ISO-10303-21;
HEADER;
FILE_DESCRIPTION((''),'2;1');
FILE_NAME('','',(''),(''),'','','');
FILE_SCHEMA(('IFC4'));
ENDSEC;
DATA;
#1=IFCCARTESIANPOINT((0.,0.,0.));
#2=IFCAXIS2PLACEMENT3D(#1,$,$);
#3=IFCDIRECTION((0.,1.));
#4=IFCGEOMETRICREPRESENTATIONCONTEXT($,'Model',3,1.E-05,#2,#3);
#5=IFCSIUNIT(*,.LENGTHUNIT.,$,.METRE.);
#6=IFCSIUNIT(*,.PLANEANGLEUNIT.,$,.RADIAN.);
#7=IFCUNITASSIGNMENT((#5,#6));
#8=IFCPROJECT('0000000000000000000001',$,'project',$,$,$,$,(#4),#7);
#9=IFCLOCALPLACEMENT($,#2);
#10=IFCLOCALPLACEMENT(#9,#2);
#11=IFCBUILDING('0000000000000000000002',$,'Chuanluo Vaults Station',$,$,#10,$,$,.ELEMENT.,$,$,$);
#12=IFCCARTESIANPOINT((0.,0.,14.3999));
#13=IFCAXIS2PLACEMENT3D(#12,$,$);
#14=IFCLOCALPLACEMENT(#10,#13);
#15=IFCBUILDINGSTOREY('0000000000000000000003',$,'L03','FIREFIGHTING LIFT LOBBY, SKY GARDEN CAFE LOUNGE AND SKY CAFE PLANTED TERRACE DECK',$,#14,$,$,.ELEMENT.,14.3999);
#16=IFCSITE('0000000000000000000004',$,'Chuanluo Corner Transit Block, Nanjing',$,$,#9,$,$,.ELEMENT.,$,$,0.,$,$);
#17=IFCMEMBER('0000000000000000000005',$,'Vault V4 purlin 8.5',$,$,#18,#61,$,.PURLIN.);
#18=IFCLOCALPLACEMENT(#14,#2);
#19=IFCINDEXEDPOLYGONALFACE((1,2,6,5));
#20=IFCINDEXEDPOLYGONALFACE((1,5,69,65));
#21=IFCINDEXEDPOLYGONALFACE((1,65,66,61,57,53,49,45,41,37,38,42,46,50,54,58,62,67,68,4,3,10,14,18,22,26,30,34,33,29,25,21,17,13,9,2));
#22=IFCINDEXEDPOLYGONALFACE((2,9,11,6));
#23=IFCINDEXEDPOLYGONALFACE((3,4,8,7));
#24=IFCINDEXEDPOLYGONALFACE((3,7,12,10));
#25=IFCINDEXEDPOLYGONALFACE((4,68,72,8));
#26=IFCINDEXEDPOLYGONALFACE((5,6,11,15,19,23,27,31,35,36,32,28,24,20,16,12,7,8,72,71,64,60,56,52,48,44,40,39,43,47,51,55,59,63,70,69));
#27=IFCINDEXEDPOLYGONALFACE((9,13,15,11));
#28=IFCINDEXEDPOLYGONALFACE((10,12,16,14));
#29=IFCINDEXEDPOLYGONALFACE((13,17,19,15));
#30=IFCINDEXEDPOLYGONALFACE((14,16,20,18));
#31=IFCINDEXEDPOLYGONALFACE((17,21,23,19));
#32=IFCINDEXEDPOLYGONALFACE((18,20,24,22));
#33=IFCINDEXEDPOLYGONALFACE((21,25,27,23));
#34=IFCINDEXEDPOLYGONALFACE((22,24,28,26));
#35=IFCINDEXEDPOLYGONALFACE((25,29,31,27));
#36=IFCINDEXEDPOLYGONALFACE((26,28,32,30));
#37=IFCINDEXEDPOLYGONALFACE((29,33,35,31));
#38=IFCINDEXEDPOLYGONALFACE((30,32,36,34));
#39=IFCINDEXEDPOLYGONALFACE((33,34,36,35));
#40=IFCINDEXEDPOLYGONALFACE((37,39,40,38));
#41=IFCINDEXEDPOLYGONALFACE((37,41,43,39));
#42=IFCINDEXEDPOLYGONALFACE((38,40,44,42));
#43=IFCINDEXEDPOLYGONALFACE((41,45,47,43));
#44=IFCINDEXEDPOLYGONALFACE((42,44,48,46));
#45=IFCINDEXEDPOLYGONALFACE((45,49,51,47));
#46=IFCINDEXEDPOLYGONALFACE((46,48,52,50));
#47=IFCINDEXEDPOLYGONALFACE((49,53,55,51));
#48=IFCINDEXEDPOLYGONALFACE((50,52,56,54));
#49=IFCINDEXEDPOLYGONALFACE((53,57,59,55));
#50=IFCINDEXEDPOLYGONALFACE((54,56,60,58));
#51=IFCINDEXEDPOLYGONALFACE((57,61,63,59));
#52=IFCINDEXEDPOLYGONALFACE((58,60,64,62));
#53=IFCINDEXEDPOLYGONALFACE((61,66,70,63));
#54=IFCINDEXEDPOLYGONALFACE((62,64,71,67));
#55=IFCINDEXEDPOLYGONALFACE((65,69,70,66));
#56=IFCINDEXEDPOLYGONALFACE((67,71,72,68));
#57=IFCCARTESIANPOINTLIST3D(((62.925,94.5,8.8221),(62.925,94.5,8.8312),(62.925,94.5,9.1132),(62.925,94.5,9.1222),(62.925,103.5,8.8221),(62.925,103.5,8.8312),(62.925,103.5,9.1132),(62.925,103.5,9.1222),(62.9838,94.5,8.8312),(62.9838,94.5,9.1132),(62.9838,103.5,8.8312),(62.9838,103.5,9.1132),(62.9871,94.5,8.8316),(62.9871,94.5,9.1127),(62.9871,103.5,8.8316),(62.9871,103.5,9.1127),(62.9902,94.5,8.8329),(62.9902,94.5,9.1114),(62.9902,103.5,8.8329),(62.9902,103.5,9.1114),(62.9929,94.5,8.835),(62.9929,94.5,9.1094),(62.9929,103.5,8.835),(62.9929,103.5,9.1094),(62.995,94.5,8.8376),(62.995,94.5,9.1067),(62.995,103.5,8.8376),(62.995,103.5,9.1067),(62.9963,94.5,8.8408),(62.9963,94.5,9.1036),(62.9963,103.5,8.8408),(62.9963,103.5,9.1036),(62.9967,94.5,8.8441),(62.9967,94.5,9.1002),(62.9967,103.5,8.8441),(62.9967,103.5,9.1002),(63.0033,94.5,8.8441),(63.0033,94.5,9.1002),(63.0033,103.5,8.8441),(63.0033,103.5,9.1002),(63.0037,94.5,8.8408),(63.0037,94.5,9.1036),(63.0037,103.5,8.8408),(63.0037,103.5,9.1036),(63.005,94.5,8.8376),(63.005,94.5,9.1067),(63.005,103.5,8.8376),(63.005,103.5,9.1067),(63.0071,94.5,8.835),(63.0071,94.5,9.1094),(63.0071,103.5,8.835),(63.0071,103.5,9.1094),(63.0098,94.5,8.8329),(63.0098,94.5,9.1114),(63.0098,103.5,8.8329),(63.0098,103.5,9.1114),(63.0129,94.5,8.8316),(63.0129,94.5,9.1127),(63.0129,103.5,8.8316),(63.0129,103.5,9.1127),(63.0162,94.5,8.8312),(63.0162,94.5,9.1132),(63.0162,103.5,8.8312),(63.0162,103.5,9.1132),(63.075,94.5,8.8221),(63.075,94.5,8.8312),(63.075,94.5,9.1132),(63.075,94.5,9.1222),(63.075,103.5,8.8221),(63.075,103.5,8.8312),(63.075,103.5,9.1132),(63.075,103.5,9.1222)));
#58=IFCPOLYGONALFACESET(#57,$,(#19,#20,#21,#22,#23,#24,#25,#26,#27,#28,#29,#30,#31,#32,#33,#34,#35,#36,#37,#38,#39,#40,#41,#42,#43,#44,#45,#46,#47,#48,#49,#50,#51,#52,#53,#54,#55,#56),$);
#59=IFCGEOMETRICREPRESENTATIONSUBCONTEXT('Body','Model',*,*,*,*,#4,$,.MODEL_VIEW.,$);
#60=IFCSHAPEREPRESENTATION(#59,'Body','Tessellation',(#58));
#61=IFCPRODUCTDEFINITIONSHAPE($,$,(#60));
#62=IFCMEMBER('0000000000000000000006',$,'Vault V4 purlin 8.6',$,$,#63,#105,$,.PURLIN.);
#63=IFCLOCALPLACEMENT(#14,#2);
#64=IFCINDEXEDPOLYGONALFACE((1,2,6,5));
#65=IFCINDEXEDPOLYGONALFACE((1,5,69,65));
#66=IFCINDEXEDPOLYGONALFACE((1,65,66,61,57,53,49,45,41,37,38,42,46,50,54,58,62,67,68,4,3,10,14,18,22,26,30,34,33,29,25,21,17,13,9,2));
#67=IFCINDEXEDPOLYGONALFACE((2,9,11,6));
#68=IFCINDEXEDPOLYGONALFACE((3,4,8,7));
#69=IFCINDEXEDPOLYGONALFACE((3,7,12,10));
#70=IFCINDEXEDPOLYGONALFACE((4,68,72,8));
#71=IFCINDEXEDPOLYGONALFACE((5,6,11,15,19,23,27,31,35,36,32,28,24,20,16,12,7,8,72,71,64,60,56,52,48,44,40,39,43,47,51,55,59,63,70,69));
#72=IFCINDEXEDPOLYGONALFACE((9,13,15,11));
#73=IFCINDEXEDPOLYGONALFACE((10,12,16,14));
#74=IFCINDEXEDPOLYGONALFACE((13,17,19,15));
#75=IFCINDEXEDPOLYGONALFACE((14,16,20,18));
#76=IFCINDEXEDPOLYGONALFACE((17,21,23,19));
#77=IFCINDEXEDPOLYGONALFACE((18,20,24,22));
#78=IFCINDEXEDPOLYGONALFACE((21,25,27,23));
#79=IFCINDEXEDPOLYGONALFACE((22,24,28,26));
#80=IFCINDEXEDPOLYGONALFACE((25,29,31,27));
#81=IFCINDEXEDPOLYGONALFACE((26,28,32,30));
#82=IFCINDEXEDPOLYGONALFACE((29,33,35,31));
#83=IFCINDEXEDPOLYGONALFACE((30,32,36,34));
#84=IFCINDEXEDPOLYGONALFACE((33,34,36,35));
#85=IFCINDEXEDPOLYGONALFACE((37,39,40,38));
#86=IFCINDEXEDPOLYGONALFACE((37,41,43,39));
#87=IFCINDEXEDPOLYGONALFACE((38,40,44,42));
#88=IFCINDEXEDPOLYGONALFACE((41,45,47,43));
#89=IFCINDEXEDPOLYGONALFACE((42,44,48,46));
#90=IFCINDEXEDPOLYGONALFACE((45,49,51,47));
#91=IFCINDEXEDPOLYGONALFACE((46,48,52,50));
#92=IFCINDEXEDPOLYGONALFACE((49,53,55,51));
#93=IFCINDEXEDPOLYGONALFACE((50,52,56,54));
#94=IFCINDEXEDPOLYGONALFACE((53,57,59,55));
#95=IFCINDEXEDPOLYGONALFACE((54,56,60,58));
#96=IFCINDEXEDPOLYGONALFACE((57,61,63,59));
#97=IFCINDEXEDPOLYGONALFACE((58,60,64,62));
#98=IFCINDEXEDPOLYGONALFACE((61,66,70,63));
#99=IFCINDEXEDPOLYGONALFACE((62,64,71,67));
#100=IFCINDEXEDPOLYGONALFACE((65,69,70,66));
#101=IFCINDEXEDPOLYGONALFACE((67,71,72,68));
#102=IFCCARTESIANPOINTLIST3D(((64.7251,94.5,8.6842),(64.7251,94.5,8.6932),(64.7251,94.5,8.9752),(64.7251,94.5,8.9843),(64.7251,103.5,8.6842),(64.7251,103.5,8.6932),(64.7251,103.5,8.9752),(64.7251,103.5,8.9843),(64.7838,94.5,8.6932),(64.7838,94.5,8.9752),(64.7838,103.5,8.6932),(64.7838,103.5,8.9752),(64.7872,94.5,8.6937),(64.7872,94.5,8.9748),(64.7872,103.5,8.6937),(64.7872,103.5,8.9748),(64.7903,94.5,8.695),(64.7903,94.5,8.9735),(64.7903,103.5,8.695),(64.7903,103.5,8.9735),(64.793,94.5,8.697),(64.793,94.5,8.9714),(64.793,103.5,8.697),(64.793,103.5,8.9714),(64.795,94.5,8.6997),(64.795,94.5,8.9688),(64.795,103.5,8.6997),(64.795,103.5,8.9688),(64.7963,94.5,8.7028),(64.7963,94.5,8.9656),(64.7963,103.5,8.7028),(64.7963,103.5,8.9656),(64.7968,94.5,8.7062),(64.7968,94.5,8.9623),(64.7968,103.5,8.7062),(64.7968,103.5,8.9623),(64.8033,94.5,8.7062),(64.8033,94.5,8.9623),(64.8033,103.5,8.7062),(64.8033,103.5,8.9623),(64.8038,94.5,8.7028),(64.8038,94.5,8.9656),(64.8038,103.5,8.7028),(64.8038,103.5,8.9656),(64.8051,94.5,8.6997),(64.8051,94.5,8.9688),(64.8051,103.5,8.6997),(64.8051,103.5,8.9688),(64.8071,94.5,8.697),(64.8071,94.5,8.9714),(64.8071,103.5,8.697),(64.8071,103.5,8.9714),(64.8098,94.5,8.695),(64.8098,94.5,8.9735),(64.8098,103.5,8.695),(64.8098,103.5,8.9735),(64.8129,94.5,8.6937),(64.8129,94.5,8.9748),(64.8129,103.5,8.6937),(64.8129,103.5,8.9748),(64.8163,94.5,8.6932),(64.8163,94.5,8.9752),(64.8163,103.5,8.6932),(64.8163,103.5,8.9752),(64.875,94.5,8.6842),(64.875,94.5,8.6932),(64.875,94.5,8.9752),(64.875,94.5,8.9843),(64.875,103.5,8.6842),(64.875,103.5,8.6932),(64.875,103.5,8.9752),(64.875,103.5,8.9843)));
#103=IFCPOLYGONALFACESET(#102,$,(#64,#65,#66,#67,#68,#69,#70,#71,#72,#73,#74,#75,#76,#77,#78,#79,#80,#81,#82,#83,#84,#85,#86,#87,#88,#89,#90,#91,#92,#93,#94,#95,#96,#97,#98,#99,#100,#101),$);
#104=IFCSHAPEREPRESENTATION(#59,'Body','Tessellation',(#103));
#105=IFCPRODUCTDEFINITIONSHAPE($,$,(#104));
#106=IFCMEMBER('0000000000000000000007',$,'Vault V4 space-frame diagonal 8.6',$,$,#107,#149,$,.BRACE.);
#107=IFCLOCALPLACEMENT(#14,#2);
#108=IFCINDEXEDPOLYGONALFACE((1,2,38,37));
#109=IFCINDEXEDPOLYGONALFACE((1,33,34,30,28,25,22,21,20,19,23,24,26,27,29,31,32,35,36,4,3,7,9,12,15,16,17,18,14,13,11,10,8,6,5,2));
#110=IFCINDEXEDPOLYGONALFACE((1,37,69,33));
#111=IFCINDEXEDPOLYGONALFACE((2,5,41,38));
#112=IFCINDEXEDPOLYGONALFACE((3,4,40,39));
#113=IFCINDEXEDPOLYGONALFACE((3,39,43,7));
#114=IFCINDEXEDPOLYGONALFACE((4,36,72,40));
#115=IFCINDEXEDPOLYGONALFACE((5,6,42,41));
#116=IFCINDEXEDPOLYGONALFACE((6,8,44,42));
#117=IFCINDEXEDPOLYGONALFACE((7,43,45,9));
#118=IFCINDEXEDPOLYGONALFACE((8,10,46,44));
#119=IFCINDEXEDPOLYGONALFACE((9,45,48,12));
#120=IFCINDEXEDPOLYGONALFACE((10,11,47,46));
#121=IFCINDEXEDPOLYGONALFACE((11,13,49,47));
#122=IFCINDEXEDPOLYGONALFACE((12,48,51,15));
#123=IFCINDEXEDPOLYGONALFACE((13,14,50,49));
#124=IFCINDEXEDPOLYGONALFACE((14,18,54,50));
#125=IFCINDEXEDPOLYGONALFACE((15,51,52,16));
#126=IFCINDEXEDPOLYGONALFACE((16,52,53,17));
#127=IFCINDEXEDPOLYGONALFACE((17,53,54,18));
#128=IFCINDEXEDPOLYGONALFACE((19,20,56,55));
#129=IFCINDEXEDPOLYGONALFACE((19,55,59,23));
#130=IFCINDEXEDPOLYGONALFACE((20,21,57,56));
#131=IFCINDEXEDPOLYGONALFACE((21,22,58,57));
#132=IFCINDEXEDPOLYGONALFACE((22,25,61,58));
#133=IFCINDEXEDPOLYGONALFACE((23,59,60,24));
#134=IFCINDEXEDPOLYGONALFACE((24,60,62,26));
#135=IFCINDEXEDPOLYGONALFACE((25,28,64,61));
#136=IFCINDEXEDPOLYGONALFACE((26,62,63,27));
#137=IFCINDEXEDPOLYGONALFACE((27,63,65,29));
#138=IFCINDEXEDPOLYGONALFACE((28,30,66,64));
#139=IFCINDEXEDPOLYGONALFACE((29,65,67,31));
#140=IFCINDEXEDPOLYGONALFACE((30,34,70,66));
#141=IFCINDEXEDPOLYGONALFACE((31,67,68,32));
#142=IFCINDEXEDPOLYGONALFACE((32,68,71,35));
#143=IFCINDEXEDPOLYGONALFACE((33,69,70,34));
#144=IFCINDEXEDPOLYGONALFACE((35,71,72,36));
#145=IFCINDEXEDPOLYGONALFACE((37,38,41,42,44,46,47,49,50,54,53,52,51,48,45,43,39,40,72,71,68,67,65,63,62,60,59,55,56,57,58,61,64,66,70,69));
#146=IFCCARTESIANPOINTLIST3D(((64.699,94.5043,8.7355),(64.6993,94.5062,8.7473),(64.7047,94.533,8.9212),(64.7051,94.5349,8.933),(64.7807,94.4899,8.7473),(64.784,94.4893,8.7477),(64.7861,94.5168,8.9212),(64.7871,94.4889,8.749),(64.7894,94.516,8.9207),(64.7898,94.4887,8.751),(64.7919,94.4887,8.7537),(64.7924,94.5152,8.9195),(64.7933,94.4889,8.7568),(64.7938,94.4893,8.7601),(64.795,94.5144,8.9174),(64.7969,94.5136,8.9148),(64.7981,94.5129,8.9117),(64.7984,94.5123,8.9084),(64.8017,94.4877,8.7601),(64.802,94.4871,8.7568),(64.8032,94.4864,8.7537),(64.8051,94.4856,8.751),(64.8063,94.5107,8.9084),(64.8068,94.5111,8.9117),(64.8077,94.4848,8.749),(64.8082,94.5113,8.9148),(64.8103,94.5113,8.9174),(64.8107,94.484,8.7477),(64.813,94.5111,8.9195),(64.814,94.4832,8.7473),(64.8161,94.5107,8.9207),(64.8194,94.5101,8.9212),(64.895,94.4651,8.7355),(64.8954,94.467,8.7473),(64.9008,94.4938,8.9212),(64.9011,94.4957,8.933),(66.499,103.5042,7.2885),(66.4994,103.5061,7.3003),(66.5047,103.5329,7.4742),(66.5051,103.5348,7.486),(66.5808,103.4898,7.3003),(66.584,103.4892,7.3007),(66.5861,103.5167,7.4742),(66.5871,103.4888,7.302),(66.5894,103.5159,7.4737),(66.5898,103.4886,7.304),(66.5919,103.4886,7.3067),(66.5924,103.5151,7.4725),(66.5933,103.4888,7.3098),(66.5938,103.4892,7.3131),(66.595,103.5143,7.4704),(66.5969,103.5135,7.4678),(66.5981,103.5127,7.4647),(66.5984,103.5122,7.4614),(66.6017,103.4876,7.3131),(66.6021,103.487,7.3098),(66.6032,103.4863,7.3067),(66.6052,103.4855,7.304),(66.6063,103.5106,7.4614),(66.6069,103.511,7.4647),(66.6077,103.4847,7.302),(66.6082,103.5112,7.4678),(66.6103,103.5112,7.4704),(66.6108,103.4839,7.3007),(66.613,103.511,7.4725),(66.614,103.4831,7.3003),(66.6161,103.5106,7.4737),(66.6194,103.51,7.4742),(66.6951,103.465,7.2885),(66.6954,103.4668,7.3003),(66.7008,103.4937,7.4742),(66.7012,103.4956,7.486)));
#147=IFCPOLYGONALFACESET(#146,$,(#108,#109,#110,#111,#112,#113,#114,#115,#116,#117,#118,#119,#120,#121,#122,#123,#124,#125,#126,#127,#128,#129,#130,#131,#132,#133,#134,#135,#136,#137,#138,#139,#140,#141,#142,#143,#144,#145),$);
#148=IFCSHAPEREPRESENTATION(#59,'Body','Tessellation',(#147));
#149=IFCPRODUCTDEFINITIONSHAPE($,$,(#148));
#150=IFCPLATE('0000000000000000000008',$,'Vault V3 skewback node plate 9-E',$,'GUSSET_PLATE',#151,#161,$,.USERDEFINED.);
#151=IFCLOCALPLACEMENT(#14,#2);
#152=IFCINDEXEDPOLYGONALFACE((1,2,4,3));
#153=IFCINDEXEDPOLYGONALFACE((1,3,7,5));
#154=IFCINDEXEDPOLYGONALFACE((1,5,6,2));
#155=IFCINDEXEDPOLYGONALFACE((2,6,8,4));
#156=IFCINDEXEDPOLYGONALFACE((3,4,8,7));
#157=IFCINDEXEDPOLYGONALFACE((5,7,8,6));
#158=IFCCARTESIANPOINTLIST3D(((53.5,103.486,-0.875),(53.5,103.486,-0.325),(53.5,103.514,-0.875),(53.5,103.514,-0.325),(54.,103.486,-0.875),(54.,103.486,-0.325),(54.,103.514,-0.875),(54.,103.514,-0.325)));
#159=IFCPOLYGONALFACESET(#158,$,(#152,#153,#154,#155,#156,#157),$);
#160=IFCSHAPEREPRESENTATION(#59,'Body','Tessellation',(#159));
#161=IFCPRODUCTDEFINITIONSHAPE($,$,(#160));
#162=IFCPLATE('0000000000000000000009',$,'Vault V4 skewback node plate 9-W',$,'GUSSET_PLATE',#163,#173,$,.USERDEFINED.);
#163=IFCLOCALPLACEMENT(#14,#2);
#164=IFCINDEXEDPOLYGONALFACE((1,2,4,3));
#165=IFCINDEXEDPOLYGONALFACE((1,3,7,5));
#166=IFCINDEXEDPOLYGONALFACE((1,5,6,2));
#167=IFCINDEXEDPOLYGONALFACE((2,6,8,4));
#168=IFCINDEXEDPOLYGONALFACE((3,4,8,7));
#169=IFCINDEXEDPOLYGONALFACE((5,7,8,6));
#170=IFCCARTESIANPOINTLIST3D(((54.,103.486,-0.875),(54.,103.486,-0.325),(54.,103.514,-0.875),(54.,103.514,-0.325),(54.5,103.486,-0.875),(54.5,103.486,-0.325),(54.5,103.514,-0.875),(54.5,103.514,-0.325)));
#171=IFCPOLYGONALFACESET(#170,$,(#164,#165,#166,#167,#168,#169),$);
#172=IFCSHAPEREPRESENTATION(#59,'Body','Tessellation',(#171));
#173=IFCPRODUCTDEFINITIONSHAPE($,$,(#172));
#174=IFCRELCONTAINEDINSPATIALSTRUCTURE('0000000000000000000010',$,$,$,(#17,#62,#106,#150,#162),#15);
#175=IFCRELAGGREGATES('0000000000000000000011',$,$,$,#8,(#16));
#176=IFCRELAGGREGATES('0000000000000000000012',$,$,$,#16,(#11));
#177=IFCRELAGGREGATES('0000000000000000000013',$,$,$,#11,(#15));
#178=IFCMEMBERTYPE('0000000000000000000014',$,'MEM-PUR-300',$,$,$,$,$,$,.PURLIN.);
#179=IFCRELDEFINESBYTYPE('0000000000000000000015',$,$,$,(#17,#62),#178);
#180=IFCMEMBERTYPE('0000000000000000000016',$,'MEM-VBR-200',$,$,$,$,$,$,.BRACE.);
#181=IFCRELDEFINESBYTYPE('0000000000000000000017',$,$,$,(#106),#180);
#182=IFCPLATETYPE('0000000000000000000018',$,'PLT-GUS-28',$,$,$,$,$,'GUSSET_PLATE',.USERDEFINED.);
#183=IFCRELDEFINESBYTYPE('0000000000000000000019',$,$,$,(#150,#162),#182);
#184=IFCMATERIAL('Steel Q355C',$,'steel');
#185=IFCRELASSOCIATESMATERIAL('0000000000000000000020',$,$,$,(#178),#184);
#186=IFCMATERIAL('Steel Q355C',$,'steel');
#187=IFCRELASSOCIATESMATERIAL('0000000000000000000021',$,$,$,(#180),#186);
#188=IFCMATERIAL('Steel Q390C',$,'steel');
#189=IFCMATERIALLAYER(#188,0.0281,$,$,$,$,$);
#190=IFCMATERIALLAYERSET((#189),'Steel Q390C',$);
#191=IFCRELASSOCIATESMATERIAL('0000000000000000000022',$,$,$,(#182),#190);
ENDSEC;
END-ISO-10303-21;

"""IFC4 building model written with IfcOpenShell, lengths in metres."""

from ifc_helpers import new_model, si_unit, direction, frame, origin, origin_2d, place, context, subcontext, project, spatial, rectangle, i_section, extrude, material, layer, layer_set, material_profile, profile_set, type_object, element, save


model = new_model("IFC4")

# Units and contexts
model_context = context("Model", 3, precision=1e-05, world=origin(), true_north=direction((0.0, 1.0)))
body_context = subcontext(model_context, "Body", "Model", "MODEL_VIEW")
ifc_project = project(units=[si_unit("LENGTHUNIT", "METRE"), si_unit("PLANEANGLEUNIT", "RADIAN")], contexts=[model_context])

# Site, building, storey
site_placement = place(None, origin())
site = spatial("IfcSite", under=ifc_project, at=site_placement, Name="Chuanluo Corner Transit Block, Nanjing", CompositionType="ELEMENT", RefElevation=0.0)
building_placement = place(site_placement, origin())
building = spatial("IfcBuilding", under=site, at=building_placement, Name="Chuanluo Vaults Station", CompositionType="ELEMENT")
storey_placement = place(building_placement, frame((0.0, 0.0, 14.3999)))
storey = spatial("IfcBuildingStorey", under=building, at=storey_placement, Name="L03", Description="FIREFIGHTING LIFT LOBBY, SKY GARDEN CAFE LOUNGE AND SKY CAFE PLANTED TERRACE DECK", CompositionType="ELEMENT", Elevation=14.3999)

# Members
ifc_material_1 = material(Name="Steel Q355C", Category="steel")
ifc_material_profile_1 = material_profile(ifc_material_1, i_section(OverallWidth=0.1499, OverallDepth=0.3, WebThickness=0.0066, FlangeThickness=0.009, FilletRadius=0.0129, at=origin_2d()))
ifc_profile_set_1 = profile_set([ifc_material_profile_1], Name="Steel Q355C")
member_type_1 = type_object("IfcMemberType", Name="MEM-PUR-300", PredefinedType="PURLIN", material=ifc_profile_set_1)
for number, where, z_axis, x_axis, name in (
    (1, (63.0, 94.5, 8.9722), (0.0, 1.0, 0.0), (-1.0, 0.0, 0.0), "Vault V4 purlin 8.5"),
    (2, (64.8, 94.5, 8.8342), (0.0, 1.0, 0.0), (-1.0, 0.0, 0.0), "Vault V4 purlin 8.6"),
):
    element("IfcMember", number, at=place(storey_placement, frame(where, z_axis=z_axis, x_axis=x_axis)), inside=storey, type_object=member_type_1, Name=name, PredefinedType="PURLIN", context=body_context, shape_type="SweptSolid", body=[
        extrude(i_section(OverallWidth=0.1499, OverallDepth=0.3, WebThickness=0.0066, FlangeThickness=0.009, FilletRadius=0.0129, at=origin_2d()), origin(), (0.0, 0.0, 1.0), 9.0),
    ])
ifc_material_2 = material(Name="Steel Q355C", Category="steel")
ifc_material_profile_2 = material_profile(ifc_material_2, i_section(OverallWidth=0.2, OverallDepth=0.2, WebThickness=0.0081, FlangeThickness=0.012, FilletRadius=0.0129, at=origin_2d()))
ifc_profile_set_2 = profile_set([ifc_material_profile_2], Name="Steel Q355C")
member_type_2 = type_object("IfcMemberType", Name="MEM-VBR-200", PredefinedType="BRACE", material=ifc_profile_set_2)
member_1_placement = place(storey_placement, frame((64.8, 94.5, 8.8342), z_axis=(0.193728, 0.968616, -0.155734), x_axis=(-0.98058, 0.196121, 0.0)))
element("IfcMember", 3, at=member_1_placement, inside=storey, type_object=member_type_2, Name="Vault V4 space-frame diagonal 8.6", PredefinedType="BRACE", context=body_context, shape_type="SweptSolid", body=[
    extrude(i_section(OverallWidth=0.2, OverallDepth=0.2, WebThickness=0.0081, FlangeThickness=0.012, FilletRadius=0.0129, at=origin_2d()), origin(), (0.0, 0.0, 1.0), 9.2915),
])

# Plates
ifc_material_3 = material(Name="Steel Q390C", Category="steel")
ifc_layer = layer(ifc_material_3, 0.0281)
ifc_layer_set = layer_set([ifc_layer], Name="Steel Q390C")
plate_type = type_object("IfcPlateType", Name="PLT-GUS-28", ElementType="GUSSET_PLATE", PredefinedType="USERDEFINED", material=ifc_layer_set)
for number, where, z_axis, x_axis, name in (
    (4, (53.75, 103.5, -0.875), (0.0, 0.0, 1.0), (1.0, 0.0, 0.0), "Vault V3 skewback node plate 9-E"),
    (5, (54.25, 103.5, -0.875), (0.0, 0.0, 1.0), (1.0, 0.0, 0.0), "Vault V4 skewback node plate 9-W"),
):
    element("IfcPlate", number, at=place(storey_placement, frame(where, z_axis=z_axis, x_axis=x_axis)), inside=storey, type_object=plate_type, Name=name, ObjectType="GUSSET_PLATE", PredefinedType="USERDEFINED", context=body_context, shape_type="SweptSolid", body=[
        extrude(rectangle(XDim=0.5, YDim=0.0281, at=origin_2d()), origin(), (0.0, 0.0, 1.0), 0.55),
    ])

save(model, "model.ifc")
